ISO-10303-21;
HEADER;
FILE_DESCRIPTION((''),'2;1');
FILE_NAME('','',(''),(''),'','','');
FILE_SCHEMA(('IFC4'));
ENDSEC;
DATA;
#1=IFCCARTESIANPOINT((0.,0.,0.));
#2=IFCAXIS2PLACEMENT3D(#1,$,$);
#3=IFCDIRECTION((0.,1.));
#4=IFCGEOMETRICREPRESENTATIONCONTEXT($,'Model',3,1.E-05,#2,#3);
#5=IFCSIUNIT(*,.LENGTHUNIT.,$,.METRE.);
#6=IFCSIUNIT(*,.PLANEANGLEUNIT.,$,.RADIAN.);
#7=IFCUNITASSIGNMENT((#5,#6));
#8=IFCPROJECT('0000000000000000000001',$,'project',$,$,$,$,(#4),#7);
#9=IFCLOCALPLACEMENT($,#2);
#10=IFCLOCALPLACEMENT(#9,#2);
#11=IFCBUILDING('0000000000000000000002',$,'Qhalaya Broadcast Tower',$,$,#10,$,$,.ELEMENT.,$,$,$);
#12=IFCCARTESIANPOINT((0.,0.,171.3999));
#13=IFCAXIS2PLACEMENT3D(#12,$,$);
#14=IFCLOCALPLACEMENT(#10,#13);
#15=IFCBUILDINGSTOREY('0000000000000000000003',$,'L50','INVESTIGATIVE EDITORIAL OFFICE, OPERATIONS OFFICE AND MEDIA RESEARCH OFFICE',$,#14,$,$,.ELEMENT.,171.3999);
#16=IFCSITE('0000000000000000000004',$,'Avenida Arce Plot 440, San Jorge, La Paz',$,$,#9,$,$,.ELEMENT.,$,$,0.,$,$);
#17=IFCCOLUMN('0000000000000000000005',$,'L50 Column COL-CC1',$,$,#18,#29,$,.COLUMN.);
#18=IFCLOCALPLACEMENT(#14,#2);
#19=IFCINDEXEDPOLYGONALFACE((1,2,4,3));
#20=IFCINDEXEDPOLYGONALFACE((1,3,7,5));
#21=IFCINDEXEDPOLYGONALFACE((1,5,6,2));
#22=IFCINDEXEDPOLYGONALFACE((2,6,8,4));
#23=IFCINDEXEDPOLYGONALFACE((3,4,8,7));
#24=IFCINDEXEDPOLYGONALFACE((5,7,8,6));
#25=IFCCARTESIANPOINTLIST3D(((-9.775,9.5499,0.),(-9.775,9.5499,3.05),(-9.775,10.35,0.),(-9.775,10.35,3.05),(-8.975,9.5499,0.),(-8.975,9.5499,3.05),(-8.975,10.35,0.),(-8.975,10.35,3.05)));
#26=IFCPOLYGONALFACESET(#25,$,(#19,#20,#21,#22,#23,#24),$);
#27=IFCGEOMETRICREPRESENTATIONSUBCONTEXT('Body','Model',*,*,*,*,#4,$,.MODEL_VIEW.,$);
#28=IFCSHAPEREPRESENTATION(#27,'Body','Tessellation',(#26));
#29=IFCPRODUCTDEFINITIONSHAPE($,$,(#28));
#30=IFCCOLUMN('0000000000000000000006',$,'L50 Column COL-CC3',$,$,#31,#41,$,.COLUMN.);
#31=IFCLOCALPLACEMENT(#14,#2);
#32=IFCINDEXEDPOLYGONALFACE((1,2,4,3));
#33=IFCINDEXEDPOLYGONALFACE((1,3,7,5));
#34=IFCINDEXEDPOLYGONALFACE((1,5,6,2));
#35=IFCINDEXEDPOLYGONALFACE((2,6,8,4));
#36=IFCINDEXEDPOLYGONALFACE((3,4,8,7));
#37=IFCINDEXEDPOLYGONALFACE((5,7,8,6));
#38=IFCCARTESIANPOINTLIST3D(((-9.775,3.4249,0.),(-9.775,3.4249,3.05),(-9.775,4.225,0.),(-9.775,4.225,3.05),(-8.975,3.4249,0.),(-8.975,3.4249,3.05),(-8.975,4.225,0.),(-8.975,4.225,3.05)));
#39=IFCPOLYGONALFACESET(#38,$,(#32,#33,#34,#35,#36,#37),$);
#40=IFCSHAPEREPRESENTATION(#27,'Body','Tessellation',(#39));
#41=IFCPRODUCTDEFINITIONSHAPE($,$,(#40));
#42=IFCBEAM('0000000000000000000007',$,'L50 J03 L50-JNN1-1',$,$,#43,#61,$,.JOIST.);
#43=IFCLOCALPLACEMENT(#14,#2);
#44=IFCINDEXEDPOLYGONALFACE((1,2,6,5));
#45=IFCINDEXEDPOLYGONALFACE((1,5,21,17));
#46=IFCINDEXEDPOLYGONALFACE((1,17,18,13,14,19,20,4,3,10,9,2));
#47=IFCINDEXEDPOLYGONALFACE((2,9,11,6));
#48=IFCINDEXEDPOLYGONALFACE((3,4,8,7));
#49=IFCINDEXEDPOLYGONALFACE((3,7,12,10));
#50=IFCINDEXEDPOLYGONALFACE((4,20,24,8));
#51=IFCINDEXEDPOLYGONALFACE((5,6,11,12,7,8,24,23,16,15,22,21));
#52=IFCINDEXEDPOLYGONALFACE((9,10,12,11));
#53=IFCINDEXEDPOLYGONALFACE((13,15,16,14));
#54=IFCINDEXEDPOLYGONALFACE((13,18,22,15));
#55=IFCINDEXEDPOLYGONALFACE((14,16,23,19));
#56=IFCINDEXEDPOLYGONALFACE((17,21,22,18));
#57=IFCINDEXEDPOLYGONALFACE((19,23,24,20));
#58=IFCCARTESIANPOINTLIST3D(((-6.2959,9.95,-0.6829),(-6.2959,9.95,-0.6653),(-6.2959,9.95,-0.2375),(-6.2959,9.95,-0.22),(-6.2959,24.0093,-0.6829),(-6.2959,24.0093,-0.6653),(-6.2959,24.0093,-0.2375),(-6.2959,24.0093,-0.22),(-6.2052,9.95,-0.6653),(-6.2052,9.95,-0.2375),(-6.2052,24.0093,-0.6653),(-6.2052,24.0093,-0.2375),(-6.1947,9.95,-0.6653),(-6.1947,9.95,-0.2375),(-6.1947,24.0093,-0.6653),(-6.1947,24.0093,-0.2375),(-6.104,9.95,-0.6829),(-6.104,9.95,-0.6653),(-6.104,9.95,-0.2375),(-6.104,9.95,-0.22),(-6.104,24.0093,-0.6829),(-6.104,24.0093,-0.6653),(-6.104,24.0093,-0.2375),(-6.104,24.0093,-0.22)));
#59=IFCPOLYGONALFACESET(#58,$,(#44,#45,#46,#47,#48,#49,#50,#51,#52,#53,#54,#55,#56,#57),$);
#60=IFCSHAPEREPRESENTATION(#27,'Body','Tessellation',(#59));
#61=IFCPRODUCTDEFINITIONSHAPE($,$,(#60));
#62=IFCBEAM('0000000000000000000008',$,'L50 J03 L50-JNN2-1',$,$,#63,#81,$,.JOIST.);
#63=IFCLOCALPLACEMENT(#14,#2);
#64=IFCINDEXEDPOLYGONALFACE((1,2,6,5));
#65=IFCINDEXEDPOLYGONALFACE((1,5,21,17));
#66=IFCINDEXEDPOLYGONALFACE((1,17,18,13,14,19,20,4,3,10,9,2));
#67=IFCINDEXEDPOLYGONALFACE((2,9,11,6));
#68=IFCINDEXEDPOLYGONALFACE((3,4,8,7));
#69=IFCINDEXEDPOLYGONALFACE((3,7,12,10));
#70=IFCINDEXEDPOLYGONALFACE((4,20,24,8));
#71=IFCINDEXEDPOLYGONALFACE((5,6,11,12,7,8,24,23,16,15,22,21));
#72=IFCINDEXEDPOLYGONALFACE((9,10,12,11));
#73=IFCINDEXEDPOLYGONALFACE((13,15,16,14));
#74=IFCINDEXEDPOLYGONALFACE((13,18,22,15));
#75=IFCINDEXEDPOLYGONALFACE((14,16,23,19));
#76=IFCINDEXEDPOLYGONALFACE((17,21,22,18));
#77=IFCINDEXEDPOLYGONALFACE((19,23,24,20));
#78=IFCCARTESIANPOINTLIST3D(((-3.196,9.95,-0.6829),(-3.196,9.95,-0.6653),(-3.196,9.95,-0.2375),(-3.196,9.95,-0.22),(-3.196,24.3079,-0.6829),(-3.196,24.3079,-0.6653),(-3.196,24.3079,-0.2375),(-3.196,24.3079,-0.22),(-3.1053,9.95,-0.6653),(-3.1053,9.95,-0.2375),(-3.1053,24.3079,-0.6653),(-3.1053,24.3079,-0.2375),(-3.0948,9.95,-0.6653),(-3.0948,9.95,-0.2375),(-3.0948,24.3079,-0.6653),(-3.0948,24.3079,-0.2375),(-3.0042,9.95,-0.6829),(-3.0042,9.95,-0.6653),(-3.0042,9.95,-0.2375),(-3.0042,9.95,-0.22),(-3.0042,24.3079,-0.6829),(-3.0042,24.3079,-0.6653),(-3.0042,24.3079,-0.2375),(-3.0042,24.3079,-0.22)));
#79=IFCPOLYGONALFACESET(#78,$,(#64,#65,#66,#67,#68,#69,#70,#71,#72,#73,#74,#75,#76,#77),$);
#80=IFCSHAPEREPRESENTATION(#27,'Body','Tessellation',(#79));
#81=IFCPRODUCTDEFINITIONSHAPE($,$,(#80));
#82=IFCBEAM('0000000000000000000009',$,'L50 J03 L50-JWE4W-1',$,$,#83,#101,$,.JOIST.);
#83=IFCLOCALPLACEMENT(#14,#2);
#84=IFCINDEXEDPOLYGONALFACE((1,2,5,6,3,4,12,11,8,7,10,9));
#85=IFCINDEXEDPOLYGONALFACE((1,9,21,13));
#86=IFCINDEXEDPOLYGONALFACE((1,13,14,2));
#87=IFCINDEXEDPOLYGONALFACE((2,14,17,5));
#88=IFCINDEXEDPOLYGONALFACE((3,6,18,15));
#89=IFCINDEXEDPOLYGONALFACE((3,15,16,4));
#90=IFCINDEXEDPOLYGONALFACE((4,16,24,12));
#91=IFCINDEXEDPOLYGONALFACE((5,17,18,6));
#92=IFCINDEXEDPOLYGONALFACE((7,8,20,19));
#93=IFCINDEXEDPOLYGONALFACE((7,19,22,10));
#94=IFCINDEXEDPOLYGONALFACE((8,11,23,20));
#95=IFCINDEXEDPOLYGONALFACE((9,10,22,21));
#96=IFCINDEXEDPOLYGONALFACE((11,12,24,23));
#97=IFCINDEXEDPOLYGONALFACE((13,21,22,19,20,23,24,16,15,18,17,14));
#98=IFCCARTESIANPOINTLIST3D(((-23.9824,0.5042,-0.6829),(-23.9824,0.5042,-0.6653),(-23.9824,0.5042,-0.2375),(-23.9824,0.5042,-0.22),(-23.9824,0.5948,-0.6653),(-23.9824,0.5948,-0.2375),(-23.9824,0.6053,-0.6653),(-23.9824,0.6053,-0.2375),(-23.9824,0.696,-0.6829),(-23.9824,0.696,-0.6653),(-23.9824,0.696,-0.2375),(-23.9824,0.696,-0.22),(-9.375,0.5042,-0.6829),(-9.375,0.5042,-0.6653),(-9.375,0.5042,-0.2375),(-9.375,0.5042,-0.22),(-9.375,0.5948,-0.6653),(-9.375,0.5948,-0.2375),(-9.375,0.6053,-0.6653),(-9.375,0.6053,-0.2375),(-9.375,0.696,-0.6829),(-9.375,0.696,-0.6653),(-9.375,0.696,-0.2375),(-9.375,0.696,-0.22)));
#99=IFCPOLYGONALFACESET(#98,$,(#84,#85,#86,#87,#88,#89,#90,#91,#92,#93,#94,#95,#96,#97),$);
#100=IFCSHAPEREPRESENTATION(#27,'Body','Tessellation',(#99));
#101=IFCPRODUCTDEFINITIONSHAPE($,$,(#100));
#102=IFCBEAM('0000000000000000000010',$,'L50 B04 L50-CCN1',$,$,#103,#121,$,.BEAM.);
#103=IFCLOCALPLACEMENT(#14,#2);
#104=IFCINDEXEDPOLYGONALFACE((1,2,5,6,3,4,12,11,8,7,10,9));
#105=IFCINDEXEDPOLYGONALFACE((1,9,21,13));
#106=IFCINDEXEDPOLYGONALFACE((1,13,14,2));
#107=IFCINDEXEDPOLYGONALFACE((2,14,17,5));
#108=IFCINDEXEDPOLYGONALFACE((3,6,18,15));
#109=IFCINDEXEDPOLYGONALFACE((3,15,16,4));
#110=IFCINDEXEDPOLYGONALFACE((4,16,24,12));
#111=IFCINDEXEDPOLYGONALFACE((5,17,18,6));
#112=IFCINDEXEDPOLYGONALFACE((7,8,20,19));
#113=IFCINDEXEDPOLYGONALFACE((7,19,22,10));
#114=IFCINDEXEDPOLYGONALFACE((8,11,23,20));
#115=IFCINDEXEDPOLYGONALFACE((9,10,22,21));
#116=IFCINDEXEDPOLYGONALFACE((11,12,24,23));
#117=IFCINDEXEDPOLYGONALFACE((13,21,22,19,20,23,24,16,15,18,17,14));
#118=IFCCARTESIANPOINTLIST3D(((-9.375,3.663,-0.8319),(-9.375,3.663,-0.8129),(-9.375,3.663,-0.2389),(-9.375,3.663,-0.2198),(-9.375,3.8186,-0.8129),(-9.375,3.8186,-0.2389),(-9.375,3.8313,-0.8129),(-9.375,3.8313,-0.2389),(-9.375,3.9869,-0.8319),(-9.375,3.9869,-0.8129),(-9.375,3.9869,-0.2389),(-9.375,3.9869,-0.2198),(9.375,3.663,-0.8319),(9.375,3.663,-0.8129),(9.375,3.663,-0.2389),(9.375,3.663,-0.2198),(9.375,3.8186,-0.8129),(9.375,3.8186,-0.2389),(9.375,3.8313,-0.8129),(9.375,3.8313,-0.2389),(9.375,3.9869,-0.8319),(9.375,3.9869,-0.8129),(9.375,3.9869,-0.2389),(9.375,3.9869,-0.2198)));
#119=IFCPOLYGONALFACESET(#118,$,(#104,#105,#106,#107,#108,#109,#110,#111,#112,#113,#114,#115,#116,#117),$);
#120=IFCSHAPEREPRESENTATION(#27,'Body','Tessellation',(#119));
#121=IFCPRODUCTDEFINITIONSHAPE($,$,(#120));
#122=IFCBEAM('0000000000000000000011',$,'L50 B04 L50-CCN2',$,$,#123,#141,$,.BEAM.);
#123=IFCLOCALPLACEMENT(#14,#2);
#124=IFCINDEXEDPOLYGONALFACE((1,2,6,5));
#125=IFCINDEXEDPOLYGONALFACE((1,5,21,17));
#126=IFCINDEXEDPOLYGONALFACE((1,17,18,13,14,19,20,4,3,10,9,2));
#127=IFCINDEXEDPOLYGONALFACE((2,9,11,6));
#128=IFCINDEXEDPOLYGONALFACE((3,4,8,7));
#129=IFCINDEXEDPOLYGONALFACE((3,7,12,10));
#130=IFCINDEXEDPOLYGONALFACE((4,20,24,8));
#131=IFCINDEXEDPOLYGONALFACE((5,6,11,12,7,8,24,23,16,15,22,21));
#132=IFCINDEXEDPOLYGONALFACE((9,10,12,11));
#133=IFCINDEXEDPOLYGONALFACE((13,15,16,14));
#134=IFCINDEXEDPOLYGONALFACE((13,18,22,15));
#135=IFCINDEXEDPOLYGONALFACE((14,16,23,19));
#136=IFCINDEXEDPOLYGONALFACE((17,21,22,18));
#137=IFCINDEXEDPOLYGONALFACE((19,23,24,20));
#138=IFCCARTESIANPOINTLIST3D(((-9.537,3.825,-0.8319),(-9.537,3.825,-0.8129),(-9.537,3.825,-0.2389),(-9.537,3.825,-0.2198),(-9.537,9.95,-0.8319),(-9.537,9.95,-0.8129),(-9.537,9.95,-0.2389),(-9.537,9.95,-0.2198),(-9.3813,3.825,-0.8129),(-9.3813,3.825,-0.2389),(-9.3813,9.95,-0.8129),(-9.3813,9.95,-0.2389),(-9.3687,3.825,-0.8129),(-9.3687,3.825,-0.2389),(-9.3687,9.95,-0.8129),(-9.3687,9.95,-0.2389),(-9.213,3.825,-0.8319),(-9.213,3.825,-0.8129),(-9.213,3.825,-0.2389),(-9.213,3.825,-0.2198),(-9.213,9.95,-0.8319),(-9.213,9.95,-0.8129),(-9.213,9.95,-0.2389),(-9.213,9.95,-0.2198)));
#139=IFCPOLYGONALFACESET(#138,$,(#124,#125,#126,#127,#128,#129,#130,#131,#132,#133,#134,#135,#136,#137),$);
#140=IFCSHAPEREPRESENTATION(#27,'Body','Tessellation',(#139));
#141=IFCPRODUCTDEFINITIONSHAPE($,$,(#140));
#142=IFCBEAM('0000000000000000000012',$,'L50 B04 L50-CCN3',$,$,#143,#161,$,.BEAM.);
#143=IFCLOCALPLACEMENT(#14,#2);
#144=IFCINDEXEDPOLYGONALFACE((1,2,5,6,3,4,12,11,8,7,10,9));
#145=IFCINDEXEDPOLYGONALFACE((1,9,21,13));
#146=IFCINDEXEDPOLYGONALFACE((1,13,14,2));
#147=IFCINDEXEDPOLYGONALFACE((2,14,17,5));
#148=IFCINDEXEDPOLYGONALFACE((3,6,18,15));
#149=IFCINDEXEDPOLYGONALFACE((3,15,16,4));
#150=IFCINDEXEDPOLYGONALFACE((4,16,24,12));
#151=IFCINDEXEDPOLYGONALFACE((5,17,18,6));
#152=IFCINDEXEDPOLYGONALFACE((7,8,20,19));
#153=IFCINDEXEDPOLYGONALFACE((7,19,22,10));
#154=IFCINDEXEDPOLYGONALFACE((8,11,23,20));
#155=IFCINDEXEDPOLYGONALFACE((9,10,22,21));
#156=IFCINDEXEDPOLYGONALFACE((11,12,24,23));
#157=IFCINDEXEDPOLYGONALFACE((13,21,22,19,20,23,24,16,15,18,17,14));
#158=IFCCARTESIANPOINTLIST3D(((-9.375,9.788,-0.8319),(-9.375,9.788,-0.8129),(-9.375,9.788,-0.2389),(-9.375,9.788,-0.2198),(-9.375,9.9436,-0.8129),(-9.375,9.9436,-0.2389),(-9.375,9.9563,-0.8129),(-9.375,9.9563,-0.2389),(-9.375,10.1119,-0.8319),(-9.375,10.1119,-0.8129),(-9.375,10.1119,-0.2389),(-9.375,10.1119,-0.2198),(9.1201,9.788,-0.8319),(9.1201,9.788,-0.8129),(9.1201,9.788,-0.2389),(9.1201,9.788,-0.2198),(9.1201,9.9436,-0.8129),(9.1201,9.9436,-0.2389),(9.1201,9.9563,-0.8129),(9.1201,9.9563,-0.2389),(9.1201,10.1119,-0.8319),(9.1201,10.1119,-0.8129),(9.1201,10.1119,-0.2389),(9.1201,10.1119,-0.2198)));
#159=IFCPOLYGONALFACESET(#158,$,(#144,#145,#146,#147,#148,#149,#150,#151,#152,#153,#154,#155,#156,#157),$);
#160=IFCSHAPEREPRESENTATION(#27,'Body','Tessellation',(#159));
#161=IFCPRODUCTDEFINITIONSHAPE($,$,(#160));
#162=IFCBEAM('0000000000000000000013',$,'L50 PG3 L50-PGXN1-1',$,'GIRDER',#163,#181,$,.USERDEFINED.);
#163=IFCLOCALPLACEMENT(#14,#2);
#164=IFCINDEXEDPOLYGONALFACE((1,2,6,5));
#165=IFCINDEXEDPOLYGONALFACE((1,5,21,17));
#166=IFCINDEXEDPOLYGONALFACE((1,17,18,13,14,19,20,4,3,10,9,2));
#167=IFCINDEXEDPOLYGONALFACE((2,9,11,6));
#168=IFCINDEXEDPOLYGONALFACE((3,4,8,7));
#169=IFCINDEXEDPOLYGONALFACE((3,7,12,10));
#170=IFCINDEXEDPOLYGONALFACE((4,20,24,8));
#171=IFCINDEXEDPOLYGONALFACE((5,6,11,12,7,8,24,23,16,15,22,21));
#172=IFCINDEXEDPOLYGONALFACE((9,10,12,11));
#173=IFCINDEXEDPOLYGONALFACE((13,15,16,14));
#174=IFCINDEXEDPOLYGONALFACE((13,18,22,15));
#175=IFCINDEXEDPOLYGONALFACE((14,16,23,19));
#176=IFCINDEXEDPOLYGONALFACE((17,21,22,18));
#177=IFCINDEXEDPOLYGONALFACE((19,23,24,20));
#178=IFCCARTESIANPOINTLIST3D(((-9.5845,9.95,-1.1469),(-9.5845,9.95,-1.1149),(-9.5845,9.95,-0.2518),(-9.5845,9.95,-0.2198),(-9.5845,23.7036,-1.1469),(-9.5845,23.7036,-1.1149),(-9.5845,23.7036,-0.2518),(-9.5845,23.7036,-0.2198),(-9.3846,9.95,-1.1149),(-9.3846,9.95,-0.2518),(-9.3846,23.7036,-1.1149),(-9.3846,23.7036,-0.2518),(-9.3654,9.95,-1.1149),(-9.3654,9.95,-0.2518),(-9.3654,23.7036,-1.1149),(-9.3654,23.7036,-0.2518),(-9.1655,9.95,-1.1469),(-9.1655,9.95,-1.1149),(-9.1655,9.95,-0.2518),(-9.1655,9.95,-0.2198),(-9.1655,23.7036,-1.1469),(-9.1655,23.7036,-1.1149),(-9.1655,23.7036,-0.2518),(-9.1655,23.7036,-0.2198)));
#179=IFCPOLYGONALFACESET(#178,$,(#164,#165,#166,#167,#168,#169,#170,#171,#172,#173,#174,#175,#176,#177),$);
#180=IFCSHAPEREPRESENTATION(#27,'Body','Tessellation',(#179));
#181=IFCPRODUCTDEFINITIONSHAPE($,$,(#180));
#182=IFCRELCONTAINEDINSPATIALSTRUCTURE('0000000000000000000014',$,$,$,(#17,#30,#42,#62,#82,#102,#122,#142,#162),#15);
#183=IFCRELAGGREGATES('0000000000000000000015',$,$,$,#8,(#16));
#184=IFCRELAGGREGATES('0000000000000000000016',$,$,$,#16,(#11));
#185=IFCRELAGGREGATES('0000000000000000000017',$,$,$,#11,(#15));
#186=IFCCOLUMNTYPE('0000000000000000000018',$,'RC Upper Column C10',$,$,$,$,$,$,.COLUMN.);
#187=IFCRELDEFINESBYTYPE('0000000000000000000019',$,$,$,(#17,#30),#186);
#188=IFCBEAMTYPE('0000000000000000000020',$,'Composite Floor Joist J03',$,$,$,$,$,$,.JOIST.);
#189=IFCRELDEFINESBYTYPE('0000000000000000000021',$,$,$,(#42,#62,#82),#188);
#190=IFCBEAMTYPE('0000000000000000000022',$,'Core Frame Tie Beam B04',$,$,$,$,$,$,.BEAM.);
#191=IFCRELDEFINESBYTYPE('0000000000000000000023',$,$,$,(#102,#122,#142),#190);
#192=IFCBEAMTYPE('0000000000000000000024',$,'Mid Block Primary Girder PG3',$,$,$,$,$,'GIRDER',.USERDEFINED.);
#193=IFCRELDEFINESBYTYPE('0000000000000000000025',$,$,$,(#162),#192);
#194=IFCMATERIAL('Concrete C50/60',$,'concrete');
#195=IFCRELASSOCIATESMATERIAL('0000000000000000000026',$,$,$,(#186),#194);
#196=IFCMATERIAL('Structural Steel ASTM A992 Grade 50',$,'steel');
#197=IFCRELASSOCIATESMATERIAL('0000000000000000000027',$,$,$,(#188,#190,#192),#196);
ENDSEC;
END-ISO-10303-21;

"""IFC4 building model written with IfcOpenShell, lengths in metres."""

from ifc_helpers import new_model, si_unit, direction, frame, origin, origin_2d, place, context, subcontext, project, spatial, rectangle, i_section, extrude, material, material_profile, profile_set, type_object, element, save


model = new_model("IFC4")

# Units and contexts
model_context = context("Model", 3, precision=1e-05, world=origin(), true_north=direction((0.0, 1.0)))
body_context = subcontext(model_context, "Body", "Model", "MODEL_VIEW")
ifc_project = project(units=[si_unit("LENGTHUNIT", "METRE"), si_unit("PLANEANGLEUNIT", "RADIAN")], contexts=[model_context])

# Site, building, storey
site_placement = place(None, origin())
site = spatial("IfcSite", under=ifc_project, at=site_placement, Name="Avenida Arce Plot 440, San Jorge, La Paz", CompositionType="ELEMENT", RefElevation=0.0)
building_placement = place(site_placement, origin())
building = spatial("IfcBuilding", under=site, at=building_placement, Name="Qhalaya Broadcast Tower", CompositionType="ELEMENT")
storey_placement = place(building_placement, frame((0.0, 0.0, 171.3999)))
storey = spatial("IfcBuildingStorey", under=building, at=storey_placement, Name="L50", Description="INVESTIGATIVE EDITORIAL OFFICE, OPERATIONS OFFICE AND MEDIA RESEARCH OFFICE", CompositionType="ELEMENT", Elevation=171.3999)

# Columns
ifc_material_1 = material(Name="Concrete C50/60", Category="concrete")
ifc_material_profile_1 = material_profile(ifc_material_1, rectangle(XDim=0.8, YDim=0.8, at=origin_2d()), Name="RC-COL 800x800")
ifc_profile_set_1 = profile_set([ifc_material_profile_1], Name="Concrete C50/60")
column_type = type_object("IfcColumnType", Name="RC Upper Column C10", PredefinedType="COLUMN", material=ifc_profile_set_1)
for number, where, z_axis, x_axis, name in (
    (1, (-9.375, 9.95, 0.0), (0.0, 0.0, 1.0), (1.0, 0.0, 0.0), "L50 Column COL-CC1"),
    (2, (-9.375, 3.825, 0.0), (0.0, 0.0, 1.0), (1.0, 0.0, 0.0), "L50 Column COL-CC3"),
):
    element("IfcColumn", number, at=place(storey_placement, frame(where, z_axis=z_axis, x_axis=x_axis)), inside=storey, type_object=column_type, Name=name, PredefinedType="COLUMN", context=body_context, shape_type="SweptSolid", body=[
        extrude(rectangle(XDim=0.8, YDim=0.8, at=origin_2d()), origin(), (0.0, 0.0, 1.0), 3.05),
    ])

# Beams
ifc_material_2 = material(Name="Structural Steel ASTM A992 Grade 50", Category="steel")
ifc_material_profile_2 = material_profile(ifc_material_2, i_section(OverallWidth=0.1919, OverallDepth=0.4629, WebThickness=0.0105, FlangeThickness=0.0176, at=origin_2d()), Name="W18X60")
ifc_profile_set_2 = profile_set([ifc_material_profile_2], Name="Structural Steel ASTM A992 Grade 50")
beam_type_1 = type_object("IfcBeamType", Name="Composite Floor Joist J03", PredefinedType="JOIST", material=ifc_profile_set_2)
beam_1_placement = place(storey_placement, frame((-6.2, 9.95, -0.4514), z_axis=(0.0, 1.0, 0.0), x_axis=(-1.0, 0.0, 0.0)))
element("IfcBeam", 3, at=beam_1_placement, inside=storey, type_object=beam_type_1, Name="L50 J03 L50-JNN1-1", PredefinedType="JOIST", context=body_context, shape_type="SweptSolid", body=[
    extrude(i_section(OverallWidth=0.1919, OverallDepth=0.4629, WebThickness=0.0105, FlangeThickness=0.0176, at=origin_2d()), origin(), (0.0, 0.0, 1.0), 14.0593),
])
beam_2_placement = place(storey_placement, frame((-3.1001, 9.95, -0.4514), z_axis=(0.0, 1.0, 0.0), x_axis=(-1.0, 0.0, 0.0)))
element("IfcBeam", 4, at=beam_2_placement, inside=storey, type_object=beam_type_1, Name="L50 J03 L50-JNN2-1", PredefinedType="JOIST", context=body_context, shape_type="SweptSolid", body=[
    extrude(i_section(OverallWidth=0.1919, OverallDepth=0.4629, WebThickness=0.0105, FlangeThickness=0.0176, at=origin_2d()), origin(), (0.0, 0.0, 1.0), 14.3579),
])
beam_3_placement = place(storey_placement, frame((-23.9824, 0.6001, -0.4514), z_axis=(1.0, 0.0, 0.0), x_axis=(0.0, 1.0, 0.0)))
element("IfcBeam", 5, at=beam_3_placement, inside=storey, type_object=beam_type_1, Name="L50 J03 L50-JWE4W-1", PredefinedType="JOIST", context=body_context, shape_type="SweptSolid", body=[
    extrude(i_section(OverallWidth=0.1919, OverallDepth=0.4629, WebThickness=0.0105, FlangeThickness=0.0176, at=origin_2d()), origin(), (0.0, 0.0, 1.0), 14.6074),
])
ifc_material_profile_3 = material_profile(ifc_material_2, i_section(OverallWidth=0.324, OverallDepth=0.6121, WebThickness=0.0127, FlangeThickness=0.019, at=origin_2d()), Name="W24X104")
ifc_profile_set_3 = profile_set([ifc_material_profile_3], Name="Structural Steel ASTM A992 Grade 50")
beam_type_2 = type_object("IfcBeamType", Name="Core Frame Tie Beam B04", PredefinedType="BEAM", material=ifc_profile_set_3)
beam_4_placement = place(storey_placement, frame((-9.375, 3.825, -0.5259), z_axis=(1.0, 0.0, 0.0), x_axis=(0.0, 1.0, 0.0)))
element("IfcBeam", 6, at=beam_4_placement, inside=storey, type_object=beam_type_2, Name="L50 B04 L50-CCN1", PredefinedType="BEAM", context=body_context, shape_type="SweptSolid", body=[
    extrude(i_section(OverallWidth=0.324, OverallDepth=0.6121, WebThickness=0.0127, FlangeThickness=0.019, at=origin_2d()), origin(), (0.0, 0.0, 1.0), 18.75),
])
beam_5_placement = place(storey_placement, frame((-9.375, 3.825, -0.5259), z_axis=(0.0, 1.0, 0.0), x_axis=(-1.0, 0.0, 0.0)))
element("IfcBeam", 7, at=beam_5_placement, inside=storey, type_object=beam_type_2, Name="L50 B04 L50-CCN2", PredefinedType="BEAM", context=body_context, shape_type="SweptSolid", body=[
    extrude(i_section(OverallWidth=0.324, OverallDepth=0.6121, WebThickness=0.0127, FlangeThickness=0.019, at=origin_2d()), origin(), (0.0, 0.0, 1.0), 6.125),
])
beam_6_placement = place(storey_placement, frame((-9.375, 9.95, -0.5259), z_axis=(1.0, 0.0, 0.0), x_axis=(0.0, 1.0, 0.0)))
element("IfcBeam", 8, at=beam_6_placement, inside=storey, type_object=beam_type_2, Name="L50 B04 L50-CCN3", PredefinedType="BEAM", context=body_context, shape_type="SweptSolid", body=[
    extrude(i_section(OverallWidth=0.324, OverallDepth=0.6121, WebThickness=0.0127, FlangeThickness=0.019, at=origin_2d()), origin(), (0.0, 0.0, 1.0), 18.4951),
])
ifc_material_profile_4 = material_profile(ifc_material_2, i_section(OverallWidth=0.4189, OverallDepth=0.927, WebThickness=0.0193, FlangeThickness=0.032, at=origin_2d()), Name="W36X231")
ifc_profile_set_4 = profile_set([ifc_material_profile_4], Name="Structural Steel ASTM A992 Grade 50")
beam_type_3 = type_object("IfcBeamType", Name="Mid Block Primary Girder PG3", ElementType="GIRDER", PredefinedType="USERDEFINED", material=ifc_profile_set_4)
beam_7_placement = place(storey_placement, frame((-9.375, 9.95, -0.6833), z_axis=(0.0, 1.0, 0.0), x_axis=(-1.0, 0.0, 0.0)))
element("IfcBeam", 9, at=beam_7_placement, inside=storey, type_object=beam_type_3, Name="L50 PG3 L50-PGXN1-1", ObjectType="GIRDER", PredefinedType="USERDEFINED", context=body_context, shape_type="SweptSolid", body=[
    extrude(i_section(OverallWidth=0.4189, OverallDepth=0.927, WebThickness=0.0193, FlangeThickness=0.032, at=origin_2d()), origin(), (0.0, 0.0, 1.0), 13.7537),
])

save(model, "model.ifc")
